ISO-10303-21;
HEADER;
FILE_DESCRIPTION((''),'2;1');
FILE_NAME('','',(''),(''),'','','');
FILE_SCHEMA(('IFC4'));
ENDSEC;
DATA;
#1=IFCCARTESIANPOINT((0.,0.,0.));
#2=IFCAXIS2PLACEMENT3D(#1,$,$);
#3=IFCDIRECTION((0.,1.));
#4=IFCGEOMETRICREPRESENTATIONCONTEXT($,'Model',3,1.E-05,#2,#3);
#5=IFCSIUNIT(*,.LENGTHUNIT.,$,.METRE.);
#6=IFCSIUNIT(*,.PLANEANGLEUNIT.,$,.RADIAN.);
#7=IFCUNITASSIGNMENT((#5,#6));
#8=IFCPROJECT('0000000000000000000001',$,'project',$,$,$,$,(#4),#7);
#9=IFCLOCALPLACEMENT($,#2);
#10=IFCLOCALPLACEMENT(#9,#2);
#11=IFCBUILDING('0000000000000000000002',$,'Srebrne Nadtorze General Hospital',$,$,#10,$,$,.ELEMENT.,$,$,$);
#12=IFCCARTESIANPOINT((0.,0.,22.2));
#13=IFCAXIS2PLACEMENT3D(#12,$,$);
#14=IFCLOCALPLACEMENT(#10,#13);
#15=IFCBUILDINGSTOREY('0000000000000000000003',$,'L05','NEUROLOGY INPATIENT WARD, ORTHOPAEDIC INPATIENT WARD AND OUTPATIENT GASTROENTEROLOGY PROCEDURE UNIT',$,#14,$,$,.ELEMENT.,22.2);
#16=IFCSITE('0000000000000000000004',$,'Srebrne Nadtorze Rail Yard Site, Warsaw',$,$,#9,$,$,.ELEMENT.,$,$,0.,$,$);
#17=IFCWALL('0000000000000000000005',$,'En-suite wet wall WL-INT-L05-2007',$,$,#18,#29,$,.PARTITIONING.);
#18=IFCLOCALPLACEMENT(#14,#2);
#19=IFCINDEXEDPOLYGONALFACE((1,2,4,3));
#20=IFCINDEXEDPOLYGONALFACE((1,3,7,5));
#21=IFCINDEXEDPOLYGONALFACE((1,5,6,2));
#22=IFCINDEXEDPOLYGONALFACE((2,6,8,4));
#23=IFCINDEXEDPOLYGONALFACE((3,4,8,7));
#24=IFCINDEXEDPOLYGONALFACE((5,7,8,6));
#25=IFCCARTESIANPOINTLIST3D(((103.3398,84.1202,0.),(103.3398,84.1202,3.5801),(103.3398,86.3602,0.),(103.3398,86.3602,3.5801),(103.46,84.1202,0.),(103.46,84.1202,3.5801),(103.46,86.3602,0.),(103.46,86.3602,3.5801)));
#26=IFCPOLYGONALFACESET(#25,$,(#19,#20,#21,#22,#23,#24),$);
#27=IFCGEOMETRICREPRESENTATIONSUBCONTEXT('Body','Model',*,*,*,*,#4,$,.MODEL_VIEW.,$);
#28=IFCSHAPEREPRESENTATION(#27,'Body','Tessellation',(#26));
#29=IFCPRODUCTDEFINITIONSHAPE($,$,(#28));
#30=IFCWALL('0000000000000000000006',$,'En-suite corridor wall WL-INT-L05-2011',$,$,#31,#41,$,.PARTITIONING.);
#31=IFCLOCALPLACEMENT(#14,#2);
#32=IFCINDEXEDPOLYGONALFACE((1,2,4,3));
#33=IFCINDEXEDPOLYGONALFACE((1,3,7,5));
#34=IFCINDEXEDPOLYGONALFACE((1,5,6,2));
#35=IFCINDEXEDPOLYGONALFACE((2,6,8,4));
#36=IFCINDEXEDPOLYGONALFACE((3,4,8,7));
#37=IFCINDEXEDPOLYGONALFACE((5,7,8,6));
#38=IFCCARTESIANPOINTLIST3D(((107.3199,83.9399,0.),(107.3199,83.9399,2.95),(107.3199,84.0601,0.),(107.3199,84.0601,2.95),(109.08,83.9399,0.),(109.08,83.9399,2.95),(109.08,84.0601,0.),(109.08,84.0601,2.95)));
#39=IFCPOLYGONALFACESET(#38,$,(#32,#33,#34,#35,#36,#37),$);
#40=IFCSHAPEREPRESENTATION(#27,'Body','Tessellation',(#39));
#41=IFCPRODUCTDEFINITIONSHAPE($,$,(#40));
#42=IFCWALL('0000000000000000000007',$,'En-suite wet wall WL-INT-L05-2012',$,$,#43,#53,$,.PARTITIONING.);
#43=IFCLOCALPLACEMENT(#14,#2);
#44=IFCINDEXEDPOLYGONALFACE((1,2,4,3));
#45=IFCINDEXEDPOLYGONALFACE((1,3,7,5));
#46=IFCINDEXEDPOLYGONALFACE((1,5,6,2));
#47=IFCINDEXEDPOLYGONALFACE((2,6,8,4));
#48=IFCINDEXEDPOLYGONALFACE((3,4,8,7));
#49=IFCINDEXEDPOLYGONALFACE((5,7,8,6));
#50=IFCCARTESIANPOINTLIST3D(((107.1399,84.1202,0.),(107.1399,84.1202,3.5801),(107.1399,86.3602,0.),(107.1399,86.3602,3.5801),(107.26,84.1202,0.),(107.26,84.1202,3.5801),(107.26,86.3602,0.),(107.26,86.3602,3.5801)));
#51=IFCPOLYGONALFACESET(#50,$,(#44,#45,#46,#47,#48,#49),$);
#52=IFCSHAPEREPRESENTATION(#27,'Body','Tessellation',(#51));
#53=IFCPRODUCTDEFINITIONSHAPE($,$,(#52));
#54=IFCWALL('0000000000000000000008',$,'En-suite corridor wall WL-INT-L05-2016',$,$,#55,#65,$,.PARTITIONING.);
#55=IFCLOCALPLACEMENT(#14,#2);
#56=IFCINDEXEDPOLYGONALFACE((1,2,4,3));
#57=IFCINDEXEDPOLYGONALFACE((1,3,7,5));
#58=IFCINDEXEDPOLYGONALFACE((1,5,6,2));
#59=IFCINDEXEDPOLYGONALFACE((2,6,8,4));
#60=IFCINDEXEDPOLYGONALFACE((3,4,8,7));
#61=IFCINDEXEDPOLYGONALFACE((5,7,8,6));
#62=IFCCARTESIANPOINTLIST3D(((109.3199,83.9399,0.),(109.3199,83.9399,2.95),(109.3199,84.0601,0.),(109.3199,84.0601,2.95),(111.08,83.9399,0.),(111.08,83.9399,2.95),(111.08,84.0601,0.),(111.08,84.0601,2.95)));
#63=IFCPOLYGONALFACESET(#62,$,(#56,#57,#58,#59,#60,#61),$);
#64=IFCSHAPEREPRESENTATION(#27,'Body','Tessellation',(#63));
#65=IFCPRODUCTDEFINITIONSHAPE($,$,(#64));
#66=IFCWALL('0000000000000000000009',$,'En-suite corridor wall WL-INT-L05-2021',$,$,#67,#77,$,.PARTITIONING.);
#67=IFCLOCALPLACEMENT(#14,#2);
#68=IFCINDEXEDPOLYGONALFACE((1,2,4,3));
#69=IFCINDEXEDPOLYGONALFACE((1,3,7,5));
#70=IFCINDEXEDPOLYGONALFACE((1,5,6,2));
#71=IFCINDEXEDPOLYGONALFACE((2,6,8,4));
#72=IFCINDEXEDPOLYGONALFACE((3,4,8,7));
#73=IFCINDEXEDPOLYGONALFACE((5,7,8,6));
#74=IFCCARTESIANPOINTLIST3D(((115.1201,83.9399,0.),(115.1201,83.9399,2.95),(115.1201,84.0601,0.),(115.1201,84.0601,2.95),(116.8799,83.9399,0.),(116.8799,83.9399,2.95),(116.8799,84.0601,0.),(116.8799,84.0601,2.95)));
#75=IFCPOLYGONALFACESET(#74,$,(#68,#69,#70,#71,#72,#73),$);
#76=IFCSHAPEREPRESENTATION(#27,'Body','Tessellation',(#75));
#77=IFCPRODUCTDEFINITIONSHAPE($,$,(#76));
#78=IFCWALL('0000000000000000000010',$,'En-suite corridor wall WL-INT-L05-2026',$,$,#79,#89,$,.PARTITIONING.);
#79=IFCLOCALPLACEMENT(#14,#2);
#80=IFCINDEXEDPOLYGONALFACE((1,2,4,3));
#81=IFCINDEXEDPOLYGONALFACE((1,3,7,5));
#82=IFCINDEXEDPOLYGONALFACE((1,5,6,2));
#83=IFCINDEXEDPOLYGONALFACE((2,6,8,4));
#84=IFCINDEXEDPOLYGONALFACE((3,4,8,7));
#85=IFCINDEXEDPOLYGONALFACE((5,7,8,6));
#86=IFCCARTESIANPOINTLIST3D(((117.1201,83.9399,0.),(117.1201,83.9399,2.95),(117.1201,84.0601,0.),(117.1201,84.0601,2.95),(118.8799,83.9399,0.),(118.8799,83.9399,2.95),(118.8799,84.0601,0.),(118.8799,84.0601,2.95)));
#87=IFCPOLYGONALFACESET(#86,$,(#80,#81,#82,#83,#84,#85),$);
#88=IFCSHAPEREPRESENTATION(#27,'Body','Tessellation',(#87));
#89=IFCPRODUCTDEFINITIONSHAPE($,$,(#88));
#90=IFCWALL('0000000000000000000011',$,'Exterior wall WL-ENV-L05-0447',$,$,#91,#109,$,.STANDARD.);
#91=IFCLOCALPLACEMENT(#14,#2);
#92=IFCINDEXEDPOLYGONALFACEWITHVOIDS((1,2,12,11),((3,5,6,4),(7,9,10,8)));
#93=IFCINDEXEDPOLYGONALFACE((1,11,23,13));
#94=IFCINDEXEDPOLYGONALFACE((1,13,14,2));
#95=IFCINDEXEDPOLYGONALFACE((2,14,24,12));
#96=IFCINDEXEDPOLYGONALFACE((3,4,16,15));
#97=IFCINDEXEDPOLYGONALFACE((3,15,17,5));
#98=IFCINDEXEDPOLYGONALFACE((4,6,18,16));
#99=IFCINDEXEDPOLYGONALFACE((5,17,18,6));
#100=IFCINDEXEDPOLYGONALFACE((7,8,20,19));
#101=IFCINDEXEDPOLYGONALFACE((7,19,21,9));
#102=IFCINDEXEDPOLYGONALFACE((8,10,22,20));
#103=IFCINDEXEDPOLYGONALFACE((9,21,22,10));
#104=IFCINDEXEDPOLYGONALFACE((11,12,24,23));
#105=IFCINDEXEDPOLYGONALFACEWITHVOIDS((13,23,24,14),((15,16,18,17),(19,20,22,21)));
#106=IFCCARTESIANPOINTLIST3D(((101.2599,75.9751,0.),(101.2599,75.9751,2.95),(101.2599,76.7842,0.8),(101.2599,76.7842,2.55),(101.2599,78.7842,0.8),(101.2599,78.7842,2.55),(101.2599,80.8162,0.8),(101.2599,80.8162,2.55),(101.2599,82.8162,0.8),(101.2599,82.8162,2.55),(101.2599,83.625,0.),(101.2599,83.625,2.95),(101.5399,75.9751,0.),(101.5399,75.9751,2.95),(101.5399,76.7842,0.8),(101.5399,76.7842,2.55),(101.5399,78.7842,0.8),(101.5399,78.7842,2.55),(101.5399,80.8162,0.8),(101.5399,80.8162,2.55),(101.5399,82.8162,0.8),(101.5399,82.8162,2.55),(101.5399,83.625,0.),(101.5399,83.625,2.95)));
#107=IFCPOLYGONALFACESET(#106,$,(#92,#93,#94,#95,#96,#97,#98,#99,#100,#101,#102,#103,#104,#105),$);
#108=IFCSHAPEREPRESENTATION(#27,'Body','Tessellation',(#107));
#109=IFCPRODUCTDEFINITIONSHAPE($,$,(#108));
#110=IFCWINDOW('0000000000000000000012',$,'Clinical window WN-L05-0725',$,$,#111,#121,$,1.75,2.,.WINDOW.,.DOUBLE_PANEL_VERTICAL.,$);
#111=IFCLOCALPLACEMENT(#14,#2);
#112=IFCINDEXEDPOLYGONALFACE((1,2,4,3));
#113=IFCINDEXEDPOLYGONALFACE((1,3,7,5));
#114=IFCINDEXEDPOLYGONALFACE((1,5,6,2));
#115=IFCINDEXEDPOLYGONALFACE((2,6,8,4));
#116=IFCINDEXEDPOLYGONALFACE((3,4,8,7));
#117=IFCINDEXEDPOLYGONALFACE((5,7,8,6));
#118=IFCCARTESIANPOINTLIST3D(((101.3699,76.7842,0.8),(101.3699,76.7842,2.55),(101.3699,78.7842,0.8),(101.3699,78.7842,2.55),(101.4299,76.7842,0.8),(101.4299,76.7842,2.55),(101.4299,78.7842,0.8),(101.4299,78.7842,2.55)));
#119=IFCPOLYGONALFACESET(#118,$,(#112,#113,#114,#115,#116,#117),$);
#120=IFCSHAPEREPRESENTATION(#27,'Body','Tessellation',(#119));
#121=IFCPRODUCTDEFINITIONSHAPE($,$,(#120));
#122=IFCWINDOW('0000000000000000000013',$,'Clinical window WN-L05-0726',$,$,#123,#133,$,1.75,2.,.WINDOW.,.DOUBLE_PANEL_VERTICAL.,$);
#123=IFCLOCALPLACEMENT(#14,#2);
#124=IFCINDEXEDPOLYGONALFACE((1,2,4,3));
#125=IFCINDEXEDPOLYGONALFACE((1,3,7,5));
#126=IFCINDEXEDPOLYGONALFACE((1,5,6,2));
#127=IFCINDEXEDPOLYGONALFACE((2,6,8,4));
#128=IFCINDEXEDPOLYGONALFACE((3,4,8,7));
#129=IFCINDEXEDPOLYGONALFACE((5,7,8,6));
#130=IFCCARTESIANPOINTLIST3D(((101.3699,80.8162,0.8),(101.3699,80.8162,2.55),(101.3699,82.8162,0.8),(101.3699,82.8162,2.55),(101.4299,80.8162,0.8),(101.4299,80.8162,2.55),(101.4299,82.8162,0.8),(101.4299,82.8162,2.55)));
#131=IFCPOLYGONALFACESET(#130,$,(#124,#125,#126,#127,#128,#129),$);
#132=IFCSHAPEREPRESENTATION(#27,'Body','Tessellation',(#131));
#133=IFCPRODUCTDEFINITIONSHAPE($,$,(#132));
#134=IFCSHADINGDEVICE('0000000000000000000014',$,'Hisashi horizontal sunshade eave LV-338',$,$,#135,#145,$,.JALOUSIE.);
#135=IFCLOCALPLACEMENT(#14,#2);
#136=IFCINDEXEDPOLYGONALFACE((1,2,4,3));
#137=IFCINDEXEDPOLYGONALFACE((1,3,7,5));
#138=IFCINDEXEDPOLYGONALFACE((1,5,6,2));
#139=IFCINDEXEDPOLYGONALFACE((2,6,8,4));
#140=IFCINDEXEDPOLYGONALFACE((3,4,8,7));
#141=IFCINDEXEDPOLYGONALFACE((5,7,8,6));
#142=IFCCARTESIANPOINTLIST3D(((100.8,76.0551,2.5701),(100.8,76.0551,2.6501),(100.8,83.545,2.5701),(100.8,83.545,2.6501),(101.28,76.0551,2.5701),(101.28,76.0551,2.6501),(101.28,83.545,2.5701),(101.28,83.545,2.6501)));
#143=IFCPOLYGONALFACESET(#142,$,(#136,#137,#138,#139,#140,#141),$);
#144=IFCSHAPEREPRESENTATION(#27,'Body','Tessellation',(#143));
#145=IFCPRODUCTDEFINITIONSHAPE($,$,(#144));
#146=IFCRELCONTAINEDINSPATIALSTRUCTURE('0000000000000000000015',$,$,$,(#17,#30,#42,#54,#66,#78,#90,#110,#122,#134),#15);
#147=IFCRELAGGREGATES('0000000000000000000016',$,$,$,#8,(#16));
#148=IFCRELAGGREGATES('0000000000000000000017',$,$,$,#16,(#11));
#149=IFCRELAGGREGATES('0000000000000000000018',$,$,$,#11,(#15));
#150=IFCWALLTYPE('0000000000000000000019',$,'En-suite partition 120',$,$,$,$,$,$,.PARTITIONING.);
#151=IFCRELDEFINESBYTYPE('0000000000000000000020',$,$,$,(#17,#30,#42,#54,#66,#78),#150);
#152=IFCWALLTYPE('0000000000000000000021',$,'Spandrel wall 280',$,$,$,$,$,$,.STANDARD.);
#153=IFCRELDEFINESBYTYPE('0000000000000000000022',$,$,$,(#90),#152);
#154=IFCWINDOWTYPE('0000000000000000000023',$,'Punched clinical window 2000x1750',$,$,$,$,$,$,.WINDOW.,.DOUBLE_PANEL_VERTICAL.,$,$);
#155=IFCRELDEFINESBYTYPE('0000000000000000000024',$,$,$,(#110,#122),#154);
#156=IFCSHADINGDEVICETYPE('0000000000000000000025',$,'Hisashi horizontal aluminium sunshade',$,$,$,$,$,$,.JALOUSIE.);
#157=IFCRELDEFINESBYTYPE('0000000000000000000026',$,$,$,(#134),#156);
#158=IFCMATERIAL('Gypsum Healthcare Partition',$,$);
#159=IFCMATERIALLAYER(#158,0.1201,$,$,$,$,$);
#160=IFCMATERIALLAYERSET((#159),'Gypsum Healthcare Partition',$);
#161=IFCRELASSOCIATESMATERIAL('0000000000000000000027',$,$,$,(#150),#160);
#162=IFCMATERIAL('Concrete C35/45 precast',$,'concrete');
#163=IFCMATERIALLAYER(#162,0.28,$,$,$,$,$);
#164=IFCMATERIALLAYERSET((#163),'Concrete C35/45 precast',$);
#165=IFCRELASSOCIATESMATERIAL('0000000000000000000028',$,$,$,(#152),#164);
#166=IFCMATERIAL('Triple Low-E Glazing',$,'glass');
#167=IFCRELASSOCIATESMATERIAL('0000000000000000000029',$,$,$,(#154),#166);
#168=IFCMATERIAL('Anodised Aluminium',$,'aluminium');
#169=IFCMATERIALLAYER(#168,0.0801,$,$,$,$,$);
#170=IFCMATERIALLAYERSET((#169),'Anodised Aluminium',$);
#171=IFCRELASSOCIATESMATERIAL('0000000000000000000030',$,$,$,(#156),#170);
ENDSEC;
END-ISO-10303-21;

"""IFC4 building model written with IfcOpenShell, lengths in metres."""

from ifc_helpers import new_model, si_unit, direction, frame, frame_2d, origin, origin_2d, place, context, subcontext, project, spatial, rectangle, extrude, material, layer, layer_set, type_object, element, fill, save


model = new_model("IFC4")

# Units and contexts
model_context = context("Model", 3, precision=1e-05, world=origin(), true_north=direction((0.0, 1.0)))
body_context = subcontext(model_context, "Body", "Model", "MODEL_VIEW")
ifc_project = project(units=[si_unit("LENGTHUNIT", "METRE"), si_unit("PLANEANGLEUNIT", "RADIAN")], contexts=[model_context])

# Site, building, storey
site_placement = place(None, origin())
site = spatial("IfcSite", under=ifc_project, at=site_placement, Name="Srebrne Nadtorze Rail Yard Site, Warsaw", CompositionType="ELEMENT", RefElevation=0.0)
building_placement = place(site_placement, origin())
building = spatial("IfcBuilding", under=site, at=building_placement, Name="Srebrne Nadtorze General Hospital", CompositionType="ELEMENT")
storey_placement = place(building_placement, frame((0.0, 0.0, 22.2)))
storey = spatial("IfcBuildingStorey", under=building, at=storey_placement, Name="L05", Description="NEUROLOGY INPATIENT WARD, ORTHOPAEDIC INPATIENT WARD AND OUTPATIENT GASTROENTEROLOGY PROCEDURE UNIT", CompositionType="ELEMENT", Elevation=22.2)

# Walls
ifc_material_1 = material(Name="Gypsum Healthcare Partition")
ifc_layer_1 = layer(ifc_material_1, 0.1201)
ifc_layer_set_1 = layer_set([ifc_layer_1], Name="Gypsum Healthcare Partition")
wall_type_1 = type_object("IfcWallType", Name="En-suite partition 120", PredefinedType="PARTITIONING", material=ifc_layer_set_1)
wall_1_placement = place(storey_placement, frame((103.3999, 84.1201, 0.0), z_axis=(0.0, 0.0, 1.0), x_axis=(0.0, 1.0, 0.0)))
element("IfcWall", 1, at=wall_1_placement, inside=storey, type_object=wall_type_1, Name="En-suite wet wall WL-INT-L05-2007", PredefinedType="PARTITIONING", context=body_context, shape_type="SweptSolid", body=[
    extrude(rectangle(XDim=2.24, YDim=0.1201, at=frame_2d((1.1201, 0.0))), origin(), (0.0, 0.0, 1.0), 3.5801),
])
wall_2_placement = place(storey_placement, frame((107.3201, 84.0, 0.0), z_axis=(0.0, 0.0, 1.0), x_axis=(1.0, 0.0, 0.0)))
element("IfcWall", 2, at=wall_2_placement, inside=storey, type_object=wall_type_1, Name="En-suite corridor wall WL-INT-L05-2011", PredefinedType="PARTITIONING", context=body_context, shape_type="SweptSolid", body=[
    extrude(rectangle(XDim=1.76, YDim=0.1201, at=frame_2d((0.8799, 0.0))), origin(), (0.0, 0.0, 1.0), 2.95),
])
wall_3_placement = place(storey_placement, frame((107.2, 84.1201, 0.0), z_axis=(0.0, 0.0, 1.0), x_axis=(0.0, 1.0, 0.0)))
element("IfcWall", 3, at=wall_3_placement, inside=storey, type_object=wall_type_1, Name="En-suite wet wall WL-INT-L05-2012", PredefinedType="PARTITIONING", context=body_context, shape_type="SweptSolid", body=[
    extrude(rectangle(XDim=2.24, YDim=0.1201, at=frame_2d((1.1201, 0.0))), origin(), (0.0, 0.0, 1.0), 3.5801),
])
wall_4_placement = place(storey_placement, frame((109.3201, 84.0, 0.0), z_axis=(0.0, 0.0, 1.0), x_axis=(1.0, 0.0, 0.0)))
element("IfcWall", 4, at=wall_4_placement, inside=storey, type_object=wall_type_1, Name="En-suite corridor wall WL-INT-L05-2016", PredefinedType="PARTITIONING", context=body_context, shape_type="SweptSolid", body=[
    extrude(rectangle(XDim=1.76, YDim=0.1201, at=frame_2d((0.8799, 0.0))), origin(), (0.0, 0.0, 1.0), 2.95),
])
for number, where, z_axis, x_axis, name in (
    (5, (115.1201, 84.0, 0.0), (0.0, 0.0, 1.0), (1.0, 0.0, 0.0), "En-suite corridor wall WL-INT-L05-2021"),
    (6, (117.1201, 84.0, 0.0), (0.0, 0.0, 1.0), (1.0, 0.0, 0.0), "En-suite corridor wall WL-INT-L05-2026"),
):
    element("IfcWall", number, at=place(storey_placement, frame(where, z_axis=z_axis, x_axis=x_axis)), inside=storey, type_object=wall_type_1, Name=name, PredefinedType="PARTITIONING", context=body_context, shape_type="SweptSolid", body=[
        extrude(rectangle(XDim=1.7598, YDim=0.1201, at=frame_2d((0.8799, 0.0))), origin(), (0.0, 0.0, 1.0), 2.95),
    ])

# Wall, openings, windows
ifc_material_2 = material(Name="Concrete C35/45 precast", Category="concrete")
ifc_layer_2 = layer(ifc_material_2, 0.28)
ifc_layer_set_2 = layer_set([ifc_layer_2], Name="Concrete C35/45 precast")
wall_type_2 = type_object("IfcWallType", Name="Spandrel wall 280", PredefinedType="STANDARD", material=ifc_layer_set_2)
wall_5_placement = place(storey_placement, frame((101.3999, 75.9751, 0.0), z_axis=(0.0, 0.0, 1.0), x_axis=(0.0, 1.0, 0.0)))
wall_5 = element("IfcWall", 7, at=wall_5_placement, inside=storey, type_object=wall_type_2, Name="Exterior wall WL-ENV-L05-0447", PredefinedType="STANDARD", context=body_context, shape_type="SweptSolid", body=[
    extrude(rectangle(XDim=7.6499, YDim=0.28, at=frame_2d((3.825, 0.0))), origin(), (0.0, 0.0, 1.0), 2.95),
])
opening_1_placement = place(wall_5_placement, frame((0.8091, 0.0, 0.8)))
opening_1 = element("IfcOpeningElement", 8, at=opening_1_placement, cuts=wall_5, PredefinedType="OPENING", context=body_context, shape_type="SweptSolid", body=[
    extrude(rectangle(XDim=2.0, YDim=1.75, at=frame_2d((1.0, 0.875))), frame((0.0, 0.1519, 0.0), z_axis=(0.0, -1.0, 0.0), x_axis=(1.0, 0.0, 0.0)), (0.0, 0.0, 1.0), 0.304),
])
opening_2_placement = place(wall_5_placement, frame((4.8411, 0.0, 0.8)))
opening_2 = element("IfcOpeningElement", 9, at=opening_2_placement, cuts=wall_5, PredefinedType="OPENING", context=body_context, shape_type="SweptSolid", body=[
    extrude(rectangle(XDim=2.0, YDim=1.75, at=frame_2d((1.0, 0.875))), frame((0.0, 0.1519, 0.0), z_axis=(0.0, -1.0, 0.0), x_axis=(1.0, 0.0, 0.0)), (0.0, 0.0, 1.0), 0.304),
])
ifc_material_3 = material(Name="Triple Low-E Glazing", Category="glass")
window_type = type_object("IfcWindowType", Name="Punched clinical window 2000x1750", PartitioningType="DOUBLE_PANEL_VERTICAL", PredefinedType="WINDOW", material=ifc_material_3)
window_1_placement = place(opening_1_placement, origin())
window_1 = element("IfcWindow", 10, at=window_1_placement, inside=storey, type_object=window_type, Name="Clinical window WN-L05-0725", OverallHeight=1.75, OverallWidth=2.0, PartitioningType="DOUBLE_PANEL_VERTICAL", PredefinedType="WINDOW", context=body_context, shape_type="SweptSolid", body=[
    extrude(rectangle(XDim=2.0, YDim=1.75, at=frame_2d((1.0, 0.875))), frame((0.0, 0.03, 0.0), z_axis=(0.0, -1.0, 0.0), x_axis=(1.0, 0.0, 0.0)), (0.0, 0.0, 1.0), 0.0601),
])
fill(opening_1, window_1)
window_2_placement = place(opening_2_placement, origin())
window_2 = element("IfcWindow", 11, at=window_2_placement, inside=storey, type_object=window_type, Name="Clinical window WN-L05-0726", OverallHeight=1.75, OverallWidth=2.0, PartitioningType="DOUBLE_PANEL_VERTICAL", PredefinedType="WINDOW", context=body_context, shape_type="SweptSolid", body=[
    extrude(rectangle(XDim=2.0, YDim=1.75, at=frame_2d((1.0, 0.875))), frame((0.0, 0.03, 0.0), z_axis=(0.0, -1.0, 0.0), x_axis=(1.0, 0.0, 0.0)), (0.0, 0.0, 1.0), 0.0601),
])
fill(opening_2, window_2)

# Shading device
ifc_material_4 = material(Name="Anodised Aluminium", Category="aluminium")
ifc_layer_3 = layer(ifc_material_4, 0.0801)
ifc_layer_set_3 = layer_set([ifc_layer_3], Name="Anodised Aluminium")
shading_device_type = type_object("IfcShadingDeviceType", Name="Hisashi horizontal aluminium sunshade", PredefinedType="JALOUSIE", material=ifc_layer_set_3)
shading_device_placement = place(storey_placement, frame((101.04, 79.8, 2.5701), z_axis=(0.0, 0.0, 1.0), x_axis=(1.0, 0.0, 0.0)))
element("IfcShadingDevice", 12, at=shading_device_placement, inside=storey, type_object=shading_device_type, Name="Hisashi horizontal sunshade eave LV-338", PredefinedType="JALOUSIE", context=body_context, shape_type="SweptSolid", body=[
    extrude(rectangle(XDim=0.48, YDim=7.49, at=origin_2d()), origin(), (0.0, 0.0, 1.0), 0.0801),
])

save(model, "model.ifc")
